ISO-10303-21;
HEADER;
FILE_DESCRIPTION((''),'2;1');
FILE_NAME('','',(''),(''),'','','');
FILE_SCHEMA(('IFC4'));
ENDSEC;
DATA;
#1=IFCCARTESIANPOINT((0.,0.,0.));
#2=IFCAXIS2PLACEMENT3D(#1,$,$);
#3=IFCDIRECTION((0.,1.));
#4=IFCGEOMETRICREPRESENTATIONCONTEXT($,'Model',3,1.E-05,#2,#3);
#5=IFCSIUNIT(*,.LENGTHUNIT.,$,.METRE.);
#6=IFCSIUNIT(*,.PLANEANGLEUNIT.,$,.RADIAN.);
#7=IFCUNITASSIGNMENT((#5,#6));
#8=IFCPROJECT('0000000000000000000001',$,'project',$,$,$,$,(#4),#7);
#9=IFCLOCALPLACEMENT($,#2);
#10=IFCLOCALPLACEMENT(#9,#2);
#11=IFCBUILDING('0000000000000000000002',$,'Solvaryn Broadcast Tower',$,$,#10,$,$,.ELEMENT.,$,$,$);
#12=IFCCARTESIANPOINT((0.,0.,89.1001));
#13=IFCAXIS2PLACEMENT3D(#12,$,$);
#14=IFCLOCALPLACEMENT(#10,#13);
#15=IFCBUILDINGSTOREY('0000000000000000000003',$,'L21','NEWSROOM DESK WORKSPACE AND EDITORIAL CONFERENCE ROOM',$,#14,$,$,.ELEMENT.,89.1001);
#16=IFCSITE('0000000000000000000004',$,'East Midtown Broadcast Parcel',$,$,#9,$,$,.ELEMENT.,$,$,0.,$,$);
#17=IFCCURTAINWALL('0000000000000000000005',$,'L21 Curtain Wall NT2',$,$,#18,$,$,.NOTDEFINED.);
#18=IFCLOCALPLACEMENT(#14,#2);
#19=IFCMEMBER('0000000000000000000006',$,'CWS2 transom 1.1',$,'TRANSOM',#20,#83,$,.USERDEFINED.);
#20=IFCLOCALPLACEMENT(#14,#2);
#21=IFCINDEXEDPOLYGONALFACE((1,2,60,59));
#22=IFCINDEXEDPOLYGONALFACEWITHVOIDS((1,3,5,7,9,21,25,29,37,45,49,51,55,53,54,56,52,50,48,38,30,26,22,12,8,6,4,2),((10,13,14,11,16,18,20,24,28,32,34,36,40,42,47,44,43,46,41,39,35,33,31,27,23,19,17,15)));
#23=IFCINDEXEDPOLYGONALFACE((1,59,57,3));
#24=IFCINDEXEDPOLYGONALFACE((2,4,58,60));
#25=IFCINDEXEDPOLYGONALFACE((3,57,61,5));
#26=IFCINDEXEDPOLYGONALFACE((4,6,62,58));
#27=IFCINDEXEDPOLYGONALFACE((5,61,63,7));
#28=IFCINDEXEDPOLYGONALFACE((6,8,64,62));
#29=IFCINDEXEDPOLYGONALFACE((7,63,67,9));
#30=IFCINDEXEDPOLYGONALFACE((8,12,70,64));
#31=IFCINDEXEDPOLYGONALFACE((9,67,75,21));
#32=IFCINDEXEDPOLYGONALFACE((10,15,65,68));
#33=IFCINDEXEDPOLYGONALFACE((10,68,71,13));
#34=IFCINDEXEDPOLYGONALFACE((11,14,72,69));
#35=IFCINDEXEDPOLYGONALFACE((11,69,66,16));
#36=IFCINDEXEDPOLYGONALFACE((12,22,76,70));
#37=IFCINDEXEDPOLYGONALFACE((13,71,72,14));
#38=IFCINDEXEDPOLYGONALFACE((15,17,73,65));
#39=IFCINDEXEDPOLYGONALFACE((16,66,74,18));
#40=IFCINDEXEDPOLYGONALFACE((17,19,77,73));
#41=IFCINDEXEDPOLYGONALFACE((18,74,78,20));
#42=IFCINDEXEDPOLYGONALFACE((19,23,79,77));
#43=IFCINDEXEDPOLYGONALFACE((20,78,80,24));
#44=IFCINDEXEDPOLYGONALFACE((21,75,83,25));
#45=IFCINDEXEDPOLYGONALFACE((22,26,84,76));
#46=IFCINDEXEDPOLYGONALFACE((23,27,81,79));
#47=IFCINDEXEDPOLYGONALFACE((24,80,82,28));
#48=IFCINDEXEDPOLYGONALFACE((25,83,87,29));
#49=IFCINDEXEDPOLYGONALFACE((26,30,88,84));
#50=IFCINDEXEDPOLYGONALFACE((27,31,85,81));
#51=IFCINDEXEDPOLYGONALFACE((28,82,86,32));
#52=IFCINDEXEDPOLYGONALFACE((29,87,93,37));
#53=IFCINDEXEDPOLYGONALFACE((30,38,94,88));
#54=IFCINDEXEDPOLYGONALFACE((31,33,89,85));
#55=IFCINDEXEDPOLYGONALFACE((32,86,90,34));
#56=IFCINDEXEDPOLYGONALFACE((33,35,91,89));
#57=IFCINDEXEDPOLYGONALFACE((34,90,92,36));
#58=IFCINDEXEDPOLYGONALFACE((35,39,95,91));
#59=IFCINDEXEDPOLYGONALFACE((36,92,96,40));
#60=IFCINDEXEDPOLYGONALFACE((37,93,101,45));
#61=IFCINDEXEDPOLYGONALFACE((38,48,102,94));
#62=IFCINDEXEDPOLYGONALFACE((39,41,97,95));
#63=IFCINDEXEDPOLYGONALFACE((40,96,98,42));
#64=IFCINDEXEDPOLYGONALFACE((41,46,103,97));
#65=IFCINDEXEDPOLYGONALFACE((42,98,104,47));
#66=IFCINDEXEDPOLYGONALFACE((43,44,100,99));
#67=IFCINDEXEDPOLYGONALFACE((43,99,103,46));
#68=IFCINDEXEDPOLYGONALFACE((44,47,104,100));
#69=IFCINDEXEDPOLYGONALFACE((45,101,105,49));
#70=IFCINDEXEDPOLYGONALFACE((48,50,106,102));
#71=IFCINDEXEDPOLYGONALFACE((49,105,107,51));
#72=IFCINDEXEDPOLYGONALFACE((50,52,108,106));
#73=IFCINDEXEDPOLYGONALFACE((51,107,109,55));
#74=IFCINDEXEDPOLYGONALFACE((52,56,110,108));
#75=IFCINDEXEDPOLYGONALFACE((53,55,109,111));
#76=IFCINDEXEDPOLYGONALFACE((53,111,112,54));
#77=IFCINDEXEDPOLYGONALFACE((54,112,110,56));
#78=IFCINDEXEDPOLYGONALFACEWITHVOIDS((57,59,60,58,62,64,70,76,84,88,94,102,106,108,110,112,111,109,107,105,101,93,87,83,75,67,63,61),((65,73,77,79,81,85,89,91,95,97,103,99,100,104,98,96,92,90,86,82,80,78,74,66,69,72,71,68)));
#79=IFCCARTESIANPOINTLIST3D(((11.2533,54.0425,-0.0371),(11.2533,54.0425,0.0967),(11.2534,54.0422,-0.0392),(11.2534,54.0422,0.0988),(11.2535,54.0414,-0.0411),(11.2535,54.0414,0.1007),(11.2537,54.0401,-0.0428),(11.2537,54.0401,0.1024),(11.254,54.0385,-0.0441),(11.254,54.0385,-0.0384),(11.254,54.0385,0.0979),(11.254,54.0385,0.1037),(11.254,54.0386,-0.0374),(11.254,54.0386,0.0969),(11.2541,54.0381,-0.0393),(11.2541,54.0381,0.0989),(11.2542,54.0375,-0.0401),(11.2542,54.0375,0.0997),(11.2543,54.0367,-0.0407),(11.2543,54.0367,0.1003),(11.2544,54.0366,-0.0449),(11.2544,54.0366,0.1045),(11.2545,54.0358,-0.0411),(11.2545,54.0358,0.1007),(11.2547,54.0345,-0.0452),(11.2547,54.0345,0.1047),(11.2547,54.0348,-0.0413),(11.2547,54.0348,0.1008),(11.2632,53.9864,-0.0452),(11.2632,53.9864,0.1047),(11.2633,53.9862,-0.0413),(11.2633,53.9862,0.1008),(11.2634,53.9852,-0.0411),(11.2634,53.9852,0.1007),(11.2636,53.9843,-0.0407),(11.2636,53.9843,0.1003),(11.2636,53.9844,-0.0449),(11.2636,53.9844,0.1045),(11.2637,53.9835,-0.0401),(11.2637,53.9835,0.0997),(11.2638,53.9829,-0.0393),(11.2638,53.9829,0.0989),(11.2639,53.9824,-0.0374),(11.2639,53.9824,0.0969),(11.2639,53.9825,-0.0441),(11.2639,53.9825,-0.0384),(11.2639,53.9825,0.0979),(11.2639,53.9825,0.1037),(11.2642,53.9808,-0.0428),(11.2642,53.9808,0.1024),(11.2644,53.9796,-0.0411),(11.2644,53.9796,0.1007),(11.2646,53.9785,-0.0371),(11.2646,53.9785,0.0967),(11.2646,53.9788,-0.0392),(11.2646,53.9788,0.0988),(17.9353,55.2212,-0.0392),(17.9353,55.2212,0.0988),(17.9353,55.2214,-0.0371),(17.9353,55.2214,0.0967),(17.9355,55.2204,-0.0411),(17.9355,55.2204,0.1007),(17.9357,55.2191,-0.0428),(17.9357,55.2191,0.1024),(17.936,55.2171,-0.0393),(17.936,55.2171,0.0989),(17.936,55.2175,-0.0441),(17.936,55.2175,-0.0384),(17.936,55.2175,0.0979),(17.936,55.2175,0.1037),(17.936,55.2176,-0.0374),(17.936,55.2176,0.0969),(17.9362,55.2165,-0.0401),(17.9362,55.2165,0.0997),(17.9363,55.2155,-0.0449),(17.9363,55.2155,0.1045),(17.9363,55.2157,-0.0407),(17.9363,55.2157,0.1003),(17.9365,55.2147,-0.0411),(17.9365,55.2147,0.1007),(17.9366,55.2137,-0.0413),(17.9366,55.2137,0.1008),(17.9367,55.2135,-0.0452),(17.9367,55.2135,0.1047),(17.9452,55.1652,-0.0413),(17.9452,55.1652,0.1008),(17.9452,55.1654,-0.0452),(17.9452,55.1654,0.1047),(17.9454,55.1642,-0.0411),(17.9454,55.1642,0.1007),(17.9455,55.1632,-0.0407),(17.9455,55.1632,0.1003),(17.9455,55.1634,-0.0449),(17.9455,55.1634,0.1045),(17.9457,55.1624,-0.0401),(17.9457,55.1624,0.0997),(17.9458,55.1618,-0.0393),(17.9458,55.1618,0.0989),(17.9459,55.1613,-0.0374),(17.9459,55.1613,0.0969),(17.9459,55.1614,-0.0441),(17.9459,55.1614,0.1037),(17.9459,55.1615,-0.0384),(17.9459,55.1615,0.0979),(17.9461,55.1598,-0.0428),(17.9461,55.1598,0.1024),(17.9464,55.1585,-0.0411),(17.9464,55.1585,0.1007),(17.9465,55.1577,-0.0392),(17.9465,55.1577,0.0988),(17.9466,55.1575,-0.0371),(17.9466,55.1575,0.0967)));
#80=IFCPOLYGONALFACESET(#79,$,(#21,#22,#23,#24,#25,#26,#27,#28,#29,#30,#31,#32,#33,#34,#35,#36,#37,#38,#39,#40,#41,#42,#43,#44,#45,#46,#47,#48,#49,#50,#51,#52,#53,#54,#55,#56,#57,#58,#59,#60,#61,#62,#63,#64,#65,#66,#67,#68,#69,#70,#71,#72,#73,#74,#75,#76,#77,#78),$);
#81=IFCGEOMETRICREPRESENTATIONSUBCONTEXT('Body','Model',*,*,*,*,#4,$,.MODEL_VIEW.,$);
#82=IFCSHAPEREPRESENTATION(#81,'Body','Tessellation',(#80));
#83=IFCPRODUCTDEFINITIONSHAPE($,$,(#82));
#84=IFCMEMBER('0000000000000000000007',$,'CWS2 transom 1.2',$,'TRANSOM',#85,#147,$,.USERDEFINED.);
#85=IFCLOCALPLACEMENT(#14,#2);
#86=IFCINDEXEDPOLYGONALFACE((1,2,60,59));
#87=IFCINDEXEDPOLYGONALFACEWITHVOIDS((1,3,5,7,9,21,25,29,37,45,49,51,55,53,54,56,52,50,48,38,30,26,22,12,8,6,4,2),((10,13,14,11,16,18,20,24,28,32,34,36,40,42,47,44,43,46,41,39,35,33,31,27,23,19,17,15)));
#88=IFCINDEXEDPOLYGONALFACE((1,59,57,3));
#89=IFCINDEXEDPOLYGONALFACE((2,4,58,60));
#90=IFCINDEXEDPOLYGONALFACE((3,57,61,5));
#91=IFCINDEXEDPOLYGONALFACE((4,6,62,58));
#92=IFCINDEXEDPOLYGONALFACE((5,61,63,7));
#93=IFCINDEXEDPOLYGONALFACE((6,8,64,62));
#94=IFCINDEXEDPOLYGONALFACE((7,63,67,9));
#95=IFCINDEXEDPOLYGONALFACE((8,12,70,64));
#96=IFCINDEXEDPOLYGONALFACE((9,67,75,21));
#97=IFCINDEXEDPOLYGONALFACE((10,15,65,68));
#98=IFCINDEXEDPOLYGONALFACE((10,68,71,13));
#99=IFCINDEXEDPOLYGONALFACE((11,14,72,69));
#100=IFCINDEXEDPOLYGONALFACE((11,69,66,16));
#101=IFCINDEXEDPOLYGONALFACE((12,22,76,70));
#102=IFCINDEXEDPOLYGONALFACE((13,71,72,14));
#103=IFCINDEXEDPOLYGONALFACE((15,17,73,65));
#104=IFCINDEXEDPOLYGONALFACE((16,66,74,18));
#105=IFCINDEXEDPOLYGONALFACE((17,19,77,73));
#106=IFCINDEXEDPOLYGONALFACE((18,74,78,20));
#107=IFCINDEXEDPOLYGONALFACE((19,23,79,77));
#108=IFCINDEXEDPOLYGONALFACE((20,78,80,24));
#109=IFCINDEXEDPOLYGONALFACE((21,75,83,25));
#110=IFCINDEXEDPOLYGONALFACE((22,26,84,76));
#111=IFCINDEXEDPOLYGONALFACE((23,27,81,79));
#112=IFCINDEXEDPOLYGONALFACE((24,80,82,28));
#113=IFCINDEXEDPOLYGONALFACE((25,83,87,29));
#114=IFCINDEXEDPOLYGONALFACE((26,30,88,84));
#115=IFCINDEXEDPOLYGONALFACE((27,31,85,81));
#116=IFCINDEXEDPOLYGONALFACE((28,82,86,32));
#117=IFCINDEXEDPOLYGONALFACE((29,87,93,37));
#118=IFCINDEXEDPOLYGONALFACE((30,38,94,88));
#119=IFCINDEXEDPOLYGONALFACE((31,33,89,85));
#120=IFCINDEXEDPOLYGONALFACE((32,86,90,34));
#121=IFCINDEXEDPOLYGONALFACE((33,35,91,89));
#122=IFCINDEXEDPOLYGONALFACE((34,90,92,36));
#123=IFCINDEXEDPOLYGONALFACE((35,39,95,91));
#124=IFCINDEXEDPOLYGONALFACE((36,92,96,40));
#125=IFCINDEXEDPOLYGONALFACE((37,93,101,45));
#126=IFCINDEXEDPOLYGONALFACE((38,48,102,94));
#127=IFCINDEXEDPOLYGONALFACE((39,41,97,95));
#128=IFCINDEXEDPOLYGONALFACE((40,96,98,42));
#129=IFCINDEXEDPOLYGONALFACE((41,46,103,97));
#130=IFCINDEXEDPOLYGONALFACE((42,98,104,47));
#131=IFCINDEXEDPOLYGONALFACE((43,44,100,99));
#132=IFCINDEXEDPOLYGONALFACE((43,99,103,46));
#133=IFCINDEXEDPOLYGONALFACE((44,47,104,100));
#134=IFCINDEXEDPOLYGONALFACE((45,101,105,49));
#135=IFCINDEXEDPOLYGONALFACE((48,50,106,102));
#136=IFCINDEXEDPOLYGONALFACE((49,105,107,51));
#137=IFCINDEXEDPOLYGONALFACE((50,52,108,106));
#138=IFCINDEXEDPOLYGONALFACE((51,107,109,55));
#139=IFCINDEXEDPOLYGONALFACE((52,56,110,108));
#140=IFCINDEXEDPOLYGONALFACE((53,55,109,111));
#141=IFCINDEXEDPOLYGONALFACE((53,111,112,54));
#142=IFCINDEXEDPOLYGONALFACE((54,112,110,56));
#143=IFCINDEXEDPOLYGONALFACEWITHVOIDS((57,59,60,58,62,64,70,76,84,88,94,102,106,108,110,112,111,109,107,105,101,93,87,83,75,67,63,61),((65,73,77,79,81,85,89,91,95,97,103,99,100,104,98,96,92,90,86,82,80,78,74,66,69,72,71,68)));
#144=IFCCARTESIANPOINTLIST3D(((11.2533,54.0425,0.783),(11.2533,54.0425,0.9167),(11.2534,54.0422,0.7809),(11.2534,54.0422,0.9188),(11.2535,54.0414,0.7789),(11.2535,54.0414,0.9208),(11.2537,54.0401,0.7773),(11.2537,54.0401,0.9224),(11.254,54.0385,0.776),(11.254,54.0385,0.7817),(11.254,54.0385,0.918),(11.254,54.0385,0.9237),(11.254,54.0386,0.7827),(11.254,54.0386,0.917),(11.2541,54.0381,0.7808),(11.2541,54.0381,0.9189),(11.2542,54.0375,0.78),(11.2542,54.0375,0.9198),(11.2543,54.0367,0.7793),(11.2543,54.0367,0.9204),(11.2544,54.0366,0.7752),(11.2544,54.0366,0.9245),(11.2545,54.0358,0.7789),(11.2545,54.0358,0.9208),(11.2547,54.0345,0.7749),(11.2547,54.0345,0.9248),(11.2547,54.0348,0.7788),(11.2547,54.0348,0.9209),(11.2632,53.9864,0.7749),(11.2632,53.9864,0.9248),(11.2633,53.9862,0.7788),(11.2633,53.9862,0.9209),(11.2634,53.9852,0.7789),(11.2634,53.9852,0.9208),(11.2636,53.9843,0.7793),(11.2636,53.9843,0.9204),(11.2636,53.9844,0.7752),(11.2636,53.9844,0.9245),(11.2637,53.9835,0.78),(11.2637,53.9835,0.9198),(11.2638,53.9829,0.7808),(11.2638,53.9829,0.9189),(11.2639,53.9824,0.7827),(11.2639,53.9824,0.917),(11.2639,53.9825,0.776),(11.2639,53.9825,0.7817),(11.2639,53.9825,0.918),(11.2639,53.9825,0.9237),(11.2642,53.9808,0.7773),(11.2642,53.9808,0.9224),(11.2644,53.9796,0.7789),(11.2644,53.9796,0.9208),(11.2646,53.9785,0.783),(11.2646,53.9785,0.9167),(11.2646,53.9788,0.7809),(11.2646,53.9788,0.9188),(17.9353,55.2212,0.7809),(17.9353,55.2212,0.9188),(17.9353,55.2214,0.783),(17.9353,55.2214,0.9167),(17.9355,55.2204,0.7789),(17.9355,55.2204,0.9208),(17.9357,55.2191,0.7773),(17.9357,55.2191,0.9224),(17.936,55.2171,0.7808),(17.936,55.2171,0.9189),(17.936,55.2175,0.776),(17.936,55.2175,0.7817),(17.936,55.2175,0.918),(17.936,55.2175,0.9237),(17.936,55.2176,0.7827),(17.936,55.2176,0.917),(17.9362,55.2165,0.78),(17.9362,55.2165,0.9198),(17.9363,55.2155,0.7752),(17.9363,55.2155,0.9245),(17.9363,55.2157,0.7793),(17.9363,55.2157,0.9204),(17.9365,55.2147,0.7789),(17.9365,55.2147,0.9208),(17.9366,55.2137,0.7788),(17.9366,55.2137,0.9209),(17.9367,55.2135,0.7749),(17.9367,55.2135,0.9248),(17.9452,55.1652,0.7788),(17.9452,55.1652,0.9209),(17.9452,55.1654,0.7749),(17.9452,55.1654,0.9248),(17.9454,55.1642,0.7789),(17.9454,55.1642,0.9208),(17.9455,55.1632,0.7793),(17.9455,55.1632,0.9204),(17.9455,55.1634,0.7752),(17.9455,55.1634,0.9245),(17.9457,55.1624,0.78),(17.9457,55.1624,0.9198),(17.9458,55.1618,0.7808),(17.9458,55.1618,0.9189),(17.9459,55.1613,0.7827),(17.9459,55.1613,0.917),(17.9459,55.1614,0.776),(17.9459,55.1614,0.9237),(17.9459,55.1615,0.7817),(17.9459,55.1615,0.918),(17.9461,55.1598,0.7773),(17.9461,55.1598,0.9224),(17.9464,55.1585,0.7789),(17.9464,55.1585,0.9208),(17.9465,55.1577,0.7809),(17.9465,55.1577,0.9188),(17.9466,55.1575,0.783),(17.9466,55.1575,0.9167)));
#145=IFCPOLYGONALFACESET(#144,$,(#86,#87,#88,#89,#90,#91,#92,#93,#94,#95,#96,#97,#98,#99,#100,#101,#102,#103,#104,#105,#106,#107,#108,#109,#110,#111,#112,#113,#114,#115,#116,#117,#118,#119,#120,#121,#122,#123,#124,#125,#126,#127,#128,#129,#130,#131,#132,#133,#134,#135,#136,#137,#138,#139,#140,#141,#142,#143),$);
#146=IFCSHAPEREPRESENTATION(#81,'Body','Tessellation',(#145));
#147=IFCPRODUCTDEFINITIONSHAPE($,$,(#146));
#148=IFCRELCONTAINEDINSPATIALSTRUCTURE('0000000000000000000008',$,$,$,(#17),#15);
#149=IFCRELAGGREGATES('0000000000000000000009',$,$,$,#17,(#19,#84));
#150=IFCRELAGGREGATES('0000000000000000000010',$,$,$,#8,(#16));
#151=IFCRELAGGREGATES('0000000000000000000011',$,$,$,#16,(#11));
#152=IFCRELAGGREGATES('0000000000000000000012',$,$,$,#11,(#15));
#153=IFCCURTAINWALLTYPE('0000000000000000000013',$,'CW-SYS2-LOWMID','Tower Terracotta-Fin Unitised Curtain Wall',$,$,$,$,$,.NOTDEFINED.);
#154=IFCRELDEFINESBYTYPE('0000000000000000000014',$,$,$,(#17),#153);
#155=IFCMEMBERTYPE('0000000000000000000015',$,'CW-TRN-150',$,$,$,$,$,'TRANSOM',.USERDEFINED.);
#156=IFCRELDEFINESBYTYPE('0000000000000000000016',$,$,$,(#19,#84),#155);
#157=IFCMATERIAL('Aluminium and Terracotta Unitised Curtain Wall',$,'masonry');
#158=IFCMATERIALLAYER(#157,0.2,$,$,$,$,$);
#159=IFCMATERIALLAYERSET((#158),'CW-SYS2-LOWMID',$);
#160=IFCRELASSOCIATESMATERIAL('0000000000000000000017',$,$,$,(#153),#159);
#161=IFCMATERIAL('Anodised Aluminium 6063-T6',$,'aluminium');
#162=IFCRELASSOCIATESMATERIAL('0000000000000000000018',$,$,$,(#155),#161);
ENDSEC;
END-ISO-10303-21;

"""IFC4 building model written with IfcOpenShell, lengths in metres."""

from ifc_helpers import new_model, si_unit, direction, frame, origin, origin_2d, place, context, subcontext, project, spatial, hollow_rectangle, extrude, material, layer, layer_set, material_profile, profile_set, type_object, element, aggregate, save


model = new_model("IFC4")

# Units and contexts
model_context = context("Model", 3, precision=1e-05, world=origin(), true_north=direction((0.0, 1.0)))
body_context = subcontext(model_context, "Body", "Model", "MODEL_VIEW")
ifc_project = project(units=[si_unit("LENGTHUNIT", "METRE"), si_unit("PLANEANGLEUNIT", "RADIAN")], contexts=[model_context])

# Site, building, storey
site_placement = place(None, origin())
site = spatial("IfcSite", under=ifc_project, at=site_placement, Name="East Midtown Broadcast Parcel", CompositionType="ELEMENT", RefElevation=0.0)
building_placement = place(site_placement, origin())
building = spatial("IfcBuilding", under=site, at=building_placement, Name="Solvaryn Broadcast Tower", CompositionType="ELEMENT")
storey_placement = place(building_placement, frame((0.0, 0.0, 89.1001)))
storey = spatial("IfcBuildingStorey", under=building, at=storey_placement, Name="L21", Description="NEWSROOM DESK WORKSPACE AND EDITORIAL CONFERENCE ROOM", CompositionType="ELEMENT", Elevation=89.1001)

# Curtain wall
ifc_material_1 = material(Name="Aluminium and Terracotta Unitised Curtain Wall", Category="masonry")
ifc_layer_1 = layer(ifc_material_1, 0.2)
ifc_layer_set_1 = layer_set([ifc_layer_1], Name="CW-SYS2-LOWMID")
curtain_wall_type = type_object("IfcCurtainWallType", Name="CW-SYS2-LOWMID", Description="Tower Terracotta-Fin Unitised Curtain Wall", PredefinedType="NOTDEFINED", material=ifc_layer_set_1)
curtain_wall_1_placement = place(storey_placement, origin())
curtain_wall_1 = element("IfcCurtainWall", 1, at=curtain_wall_1_placement, inside=storey, type_object=curtain_wall_type, Name="L21 Curtain Wall NT2", PredefinedType="NOTDEFINED")

# Members
ifc_material_2 = material(Name="Anodised Aluminium 6063-T6", Category="aluminium")
ifc_material_profile_1 = material_profile(ifc_material_2, hollow_rectangle(XDim=0.0649, YDim=0.1499, WallThickness=0.0039, InnerFilletRadius=0.0039, OuterFilletRadius=0.0081, at=origin_2d()))
ifc_profile_set_1 = profile_set([ifc_material_profile_1], Name="Anodised Aluminium 6063-T6")
member_type_1 = type_object("IfcMemberType", Name="CW-TRN-150", ElementType="TRANSOM", PredefinedType="USERDEFINED", material=ifc_profile_set_1)
member_1_placement = place(storey_placement, frame((17.9409, 55.1895, 0.0298), z_axis=(-0.984789, -0.173757, 0.0), x_axis=(0.173757, -0.984789, 0.0)))
member_1 = element("IfcMember", 2, at=member_1_placement, type_object=member_type_1, Name="CWS2 transom 1.1", ObjectType="TRANSOM", PredefinedType="USERDEFINED", context=body_context, shape_type="SweptSolid", body=[
    extrude(hollow_rectangle(XDim=0.0649, YDim=0.1499, WallThickness=0.0039, InnerFilletRadius=0.0039, OuterFilletRadius=0.0081, at=origin_2d()), origin(), (0.0, 0.0, 1.0), 6.7852),
])
member_2_placement = place(storey_placement, frame((17.9409, 55.1895, 0.8499), z_axis=(-0.984789, -0.173757, 0.0), x_axis=(0.173757, -0.984789, 0.0)))
member_2 = element("IfcMember", 3, at=member_2_placement, type_object=member_type_1, Name="CWS2 transom 1.2", ObjectType="TRANSOM", PredefinedType="USERDEFINED", context=body_context, shape_type="SweptSolid", body=[
    extrude(hollow_rectangle(XDim=0.0649, YDim=0.1499, WallThickness=0.0039, InnerFilletRadius=0.0039, OuterFilletRadius=0.0081, at=origin_2d()), origin(), (0.0, 0.0, 1.0), 6.7852),
])

aggregate(curtain_wall_1, [member_1, member_2])

save(model, "model.ifc")
